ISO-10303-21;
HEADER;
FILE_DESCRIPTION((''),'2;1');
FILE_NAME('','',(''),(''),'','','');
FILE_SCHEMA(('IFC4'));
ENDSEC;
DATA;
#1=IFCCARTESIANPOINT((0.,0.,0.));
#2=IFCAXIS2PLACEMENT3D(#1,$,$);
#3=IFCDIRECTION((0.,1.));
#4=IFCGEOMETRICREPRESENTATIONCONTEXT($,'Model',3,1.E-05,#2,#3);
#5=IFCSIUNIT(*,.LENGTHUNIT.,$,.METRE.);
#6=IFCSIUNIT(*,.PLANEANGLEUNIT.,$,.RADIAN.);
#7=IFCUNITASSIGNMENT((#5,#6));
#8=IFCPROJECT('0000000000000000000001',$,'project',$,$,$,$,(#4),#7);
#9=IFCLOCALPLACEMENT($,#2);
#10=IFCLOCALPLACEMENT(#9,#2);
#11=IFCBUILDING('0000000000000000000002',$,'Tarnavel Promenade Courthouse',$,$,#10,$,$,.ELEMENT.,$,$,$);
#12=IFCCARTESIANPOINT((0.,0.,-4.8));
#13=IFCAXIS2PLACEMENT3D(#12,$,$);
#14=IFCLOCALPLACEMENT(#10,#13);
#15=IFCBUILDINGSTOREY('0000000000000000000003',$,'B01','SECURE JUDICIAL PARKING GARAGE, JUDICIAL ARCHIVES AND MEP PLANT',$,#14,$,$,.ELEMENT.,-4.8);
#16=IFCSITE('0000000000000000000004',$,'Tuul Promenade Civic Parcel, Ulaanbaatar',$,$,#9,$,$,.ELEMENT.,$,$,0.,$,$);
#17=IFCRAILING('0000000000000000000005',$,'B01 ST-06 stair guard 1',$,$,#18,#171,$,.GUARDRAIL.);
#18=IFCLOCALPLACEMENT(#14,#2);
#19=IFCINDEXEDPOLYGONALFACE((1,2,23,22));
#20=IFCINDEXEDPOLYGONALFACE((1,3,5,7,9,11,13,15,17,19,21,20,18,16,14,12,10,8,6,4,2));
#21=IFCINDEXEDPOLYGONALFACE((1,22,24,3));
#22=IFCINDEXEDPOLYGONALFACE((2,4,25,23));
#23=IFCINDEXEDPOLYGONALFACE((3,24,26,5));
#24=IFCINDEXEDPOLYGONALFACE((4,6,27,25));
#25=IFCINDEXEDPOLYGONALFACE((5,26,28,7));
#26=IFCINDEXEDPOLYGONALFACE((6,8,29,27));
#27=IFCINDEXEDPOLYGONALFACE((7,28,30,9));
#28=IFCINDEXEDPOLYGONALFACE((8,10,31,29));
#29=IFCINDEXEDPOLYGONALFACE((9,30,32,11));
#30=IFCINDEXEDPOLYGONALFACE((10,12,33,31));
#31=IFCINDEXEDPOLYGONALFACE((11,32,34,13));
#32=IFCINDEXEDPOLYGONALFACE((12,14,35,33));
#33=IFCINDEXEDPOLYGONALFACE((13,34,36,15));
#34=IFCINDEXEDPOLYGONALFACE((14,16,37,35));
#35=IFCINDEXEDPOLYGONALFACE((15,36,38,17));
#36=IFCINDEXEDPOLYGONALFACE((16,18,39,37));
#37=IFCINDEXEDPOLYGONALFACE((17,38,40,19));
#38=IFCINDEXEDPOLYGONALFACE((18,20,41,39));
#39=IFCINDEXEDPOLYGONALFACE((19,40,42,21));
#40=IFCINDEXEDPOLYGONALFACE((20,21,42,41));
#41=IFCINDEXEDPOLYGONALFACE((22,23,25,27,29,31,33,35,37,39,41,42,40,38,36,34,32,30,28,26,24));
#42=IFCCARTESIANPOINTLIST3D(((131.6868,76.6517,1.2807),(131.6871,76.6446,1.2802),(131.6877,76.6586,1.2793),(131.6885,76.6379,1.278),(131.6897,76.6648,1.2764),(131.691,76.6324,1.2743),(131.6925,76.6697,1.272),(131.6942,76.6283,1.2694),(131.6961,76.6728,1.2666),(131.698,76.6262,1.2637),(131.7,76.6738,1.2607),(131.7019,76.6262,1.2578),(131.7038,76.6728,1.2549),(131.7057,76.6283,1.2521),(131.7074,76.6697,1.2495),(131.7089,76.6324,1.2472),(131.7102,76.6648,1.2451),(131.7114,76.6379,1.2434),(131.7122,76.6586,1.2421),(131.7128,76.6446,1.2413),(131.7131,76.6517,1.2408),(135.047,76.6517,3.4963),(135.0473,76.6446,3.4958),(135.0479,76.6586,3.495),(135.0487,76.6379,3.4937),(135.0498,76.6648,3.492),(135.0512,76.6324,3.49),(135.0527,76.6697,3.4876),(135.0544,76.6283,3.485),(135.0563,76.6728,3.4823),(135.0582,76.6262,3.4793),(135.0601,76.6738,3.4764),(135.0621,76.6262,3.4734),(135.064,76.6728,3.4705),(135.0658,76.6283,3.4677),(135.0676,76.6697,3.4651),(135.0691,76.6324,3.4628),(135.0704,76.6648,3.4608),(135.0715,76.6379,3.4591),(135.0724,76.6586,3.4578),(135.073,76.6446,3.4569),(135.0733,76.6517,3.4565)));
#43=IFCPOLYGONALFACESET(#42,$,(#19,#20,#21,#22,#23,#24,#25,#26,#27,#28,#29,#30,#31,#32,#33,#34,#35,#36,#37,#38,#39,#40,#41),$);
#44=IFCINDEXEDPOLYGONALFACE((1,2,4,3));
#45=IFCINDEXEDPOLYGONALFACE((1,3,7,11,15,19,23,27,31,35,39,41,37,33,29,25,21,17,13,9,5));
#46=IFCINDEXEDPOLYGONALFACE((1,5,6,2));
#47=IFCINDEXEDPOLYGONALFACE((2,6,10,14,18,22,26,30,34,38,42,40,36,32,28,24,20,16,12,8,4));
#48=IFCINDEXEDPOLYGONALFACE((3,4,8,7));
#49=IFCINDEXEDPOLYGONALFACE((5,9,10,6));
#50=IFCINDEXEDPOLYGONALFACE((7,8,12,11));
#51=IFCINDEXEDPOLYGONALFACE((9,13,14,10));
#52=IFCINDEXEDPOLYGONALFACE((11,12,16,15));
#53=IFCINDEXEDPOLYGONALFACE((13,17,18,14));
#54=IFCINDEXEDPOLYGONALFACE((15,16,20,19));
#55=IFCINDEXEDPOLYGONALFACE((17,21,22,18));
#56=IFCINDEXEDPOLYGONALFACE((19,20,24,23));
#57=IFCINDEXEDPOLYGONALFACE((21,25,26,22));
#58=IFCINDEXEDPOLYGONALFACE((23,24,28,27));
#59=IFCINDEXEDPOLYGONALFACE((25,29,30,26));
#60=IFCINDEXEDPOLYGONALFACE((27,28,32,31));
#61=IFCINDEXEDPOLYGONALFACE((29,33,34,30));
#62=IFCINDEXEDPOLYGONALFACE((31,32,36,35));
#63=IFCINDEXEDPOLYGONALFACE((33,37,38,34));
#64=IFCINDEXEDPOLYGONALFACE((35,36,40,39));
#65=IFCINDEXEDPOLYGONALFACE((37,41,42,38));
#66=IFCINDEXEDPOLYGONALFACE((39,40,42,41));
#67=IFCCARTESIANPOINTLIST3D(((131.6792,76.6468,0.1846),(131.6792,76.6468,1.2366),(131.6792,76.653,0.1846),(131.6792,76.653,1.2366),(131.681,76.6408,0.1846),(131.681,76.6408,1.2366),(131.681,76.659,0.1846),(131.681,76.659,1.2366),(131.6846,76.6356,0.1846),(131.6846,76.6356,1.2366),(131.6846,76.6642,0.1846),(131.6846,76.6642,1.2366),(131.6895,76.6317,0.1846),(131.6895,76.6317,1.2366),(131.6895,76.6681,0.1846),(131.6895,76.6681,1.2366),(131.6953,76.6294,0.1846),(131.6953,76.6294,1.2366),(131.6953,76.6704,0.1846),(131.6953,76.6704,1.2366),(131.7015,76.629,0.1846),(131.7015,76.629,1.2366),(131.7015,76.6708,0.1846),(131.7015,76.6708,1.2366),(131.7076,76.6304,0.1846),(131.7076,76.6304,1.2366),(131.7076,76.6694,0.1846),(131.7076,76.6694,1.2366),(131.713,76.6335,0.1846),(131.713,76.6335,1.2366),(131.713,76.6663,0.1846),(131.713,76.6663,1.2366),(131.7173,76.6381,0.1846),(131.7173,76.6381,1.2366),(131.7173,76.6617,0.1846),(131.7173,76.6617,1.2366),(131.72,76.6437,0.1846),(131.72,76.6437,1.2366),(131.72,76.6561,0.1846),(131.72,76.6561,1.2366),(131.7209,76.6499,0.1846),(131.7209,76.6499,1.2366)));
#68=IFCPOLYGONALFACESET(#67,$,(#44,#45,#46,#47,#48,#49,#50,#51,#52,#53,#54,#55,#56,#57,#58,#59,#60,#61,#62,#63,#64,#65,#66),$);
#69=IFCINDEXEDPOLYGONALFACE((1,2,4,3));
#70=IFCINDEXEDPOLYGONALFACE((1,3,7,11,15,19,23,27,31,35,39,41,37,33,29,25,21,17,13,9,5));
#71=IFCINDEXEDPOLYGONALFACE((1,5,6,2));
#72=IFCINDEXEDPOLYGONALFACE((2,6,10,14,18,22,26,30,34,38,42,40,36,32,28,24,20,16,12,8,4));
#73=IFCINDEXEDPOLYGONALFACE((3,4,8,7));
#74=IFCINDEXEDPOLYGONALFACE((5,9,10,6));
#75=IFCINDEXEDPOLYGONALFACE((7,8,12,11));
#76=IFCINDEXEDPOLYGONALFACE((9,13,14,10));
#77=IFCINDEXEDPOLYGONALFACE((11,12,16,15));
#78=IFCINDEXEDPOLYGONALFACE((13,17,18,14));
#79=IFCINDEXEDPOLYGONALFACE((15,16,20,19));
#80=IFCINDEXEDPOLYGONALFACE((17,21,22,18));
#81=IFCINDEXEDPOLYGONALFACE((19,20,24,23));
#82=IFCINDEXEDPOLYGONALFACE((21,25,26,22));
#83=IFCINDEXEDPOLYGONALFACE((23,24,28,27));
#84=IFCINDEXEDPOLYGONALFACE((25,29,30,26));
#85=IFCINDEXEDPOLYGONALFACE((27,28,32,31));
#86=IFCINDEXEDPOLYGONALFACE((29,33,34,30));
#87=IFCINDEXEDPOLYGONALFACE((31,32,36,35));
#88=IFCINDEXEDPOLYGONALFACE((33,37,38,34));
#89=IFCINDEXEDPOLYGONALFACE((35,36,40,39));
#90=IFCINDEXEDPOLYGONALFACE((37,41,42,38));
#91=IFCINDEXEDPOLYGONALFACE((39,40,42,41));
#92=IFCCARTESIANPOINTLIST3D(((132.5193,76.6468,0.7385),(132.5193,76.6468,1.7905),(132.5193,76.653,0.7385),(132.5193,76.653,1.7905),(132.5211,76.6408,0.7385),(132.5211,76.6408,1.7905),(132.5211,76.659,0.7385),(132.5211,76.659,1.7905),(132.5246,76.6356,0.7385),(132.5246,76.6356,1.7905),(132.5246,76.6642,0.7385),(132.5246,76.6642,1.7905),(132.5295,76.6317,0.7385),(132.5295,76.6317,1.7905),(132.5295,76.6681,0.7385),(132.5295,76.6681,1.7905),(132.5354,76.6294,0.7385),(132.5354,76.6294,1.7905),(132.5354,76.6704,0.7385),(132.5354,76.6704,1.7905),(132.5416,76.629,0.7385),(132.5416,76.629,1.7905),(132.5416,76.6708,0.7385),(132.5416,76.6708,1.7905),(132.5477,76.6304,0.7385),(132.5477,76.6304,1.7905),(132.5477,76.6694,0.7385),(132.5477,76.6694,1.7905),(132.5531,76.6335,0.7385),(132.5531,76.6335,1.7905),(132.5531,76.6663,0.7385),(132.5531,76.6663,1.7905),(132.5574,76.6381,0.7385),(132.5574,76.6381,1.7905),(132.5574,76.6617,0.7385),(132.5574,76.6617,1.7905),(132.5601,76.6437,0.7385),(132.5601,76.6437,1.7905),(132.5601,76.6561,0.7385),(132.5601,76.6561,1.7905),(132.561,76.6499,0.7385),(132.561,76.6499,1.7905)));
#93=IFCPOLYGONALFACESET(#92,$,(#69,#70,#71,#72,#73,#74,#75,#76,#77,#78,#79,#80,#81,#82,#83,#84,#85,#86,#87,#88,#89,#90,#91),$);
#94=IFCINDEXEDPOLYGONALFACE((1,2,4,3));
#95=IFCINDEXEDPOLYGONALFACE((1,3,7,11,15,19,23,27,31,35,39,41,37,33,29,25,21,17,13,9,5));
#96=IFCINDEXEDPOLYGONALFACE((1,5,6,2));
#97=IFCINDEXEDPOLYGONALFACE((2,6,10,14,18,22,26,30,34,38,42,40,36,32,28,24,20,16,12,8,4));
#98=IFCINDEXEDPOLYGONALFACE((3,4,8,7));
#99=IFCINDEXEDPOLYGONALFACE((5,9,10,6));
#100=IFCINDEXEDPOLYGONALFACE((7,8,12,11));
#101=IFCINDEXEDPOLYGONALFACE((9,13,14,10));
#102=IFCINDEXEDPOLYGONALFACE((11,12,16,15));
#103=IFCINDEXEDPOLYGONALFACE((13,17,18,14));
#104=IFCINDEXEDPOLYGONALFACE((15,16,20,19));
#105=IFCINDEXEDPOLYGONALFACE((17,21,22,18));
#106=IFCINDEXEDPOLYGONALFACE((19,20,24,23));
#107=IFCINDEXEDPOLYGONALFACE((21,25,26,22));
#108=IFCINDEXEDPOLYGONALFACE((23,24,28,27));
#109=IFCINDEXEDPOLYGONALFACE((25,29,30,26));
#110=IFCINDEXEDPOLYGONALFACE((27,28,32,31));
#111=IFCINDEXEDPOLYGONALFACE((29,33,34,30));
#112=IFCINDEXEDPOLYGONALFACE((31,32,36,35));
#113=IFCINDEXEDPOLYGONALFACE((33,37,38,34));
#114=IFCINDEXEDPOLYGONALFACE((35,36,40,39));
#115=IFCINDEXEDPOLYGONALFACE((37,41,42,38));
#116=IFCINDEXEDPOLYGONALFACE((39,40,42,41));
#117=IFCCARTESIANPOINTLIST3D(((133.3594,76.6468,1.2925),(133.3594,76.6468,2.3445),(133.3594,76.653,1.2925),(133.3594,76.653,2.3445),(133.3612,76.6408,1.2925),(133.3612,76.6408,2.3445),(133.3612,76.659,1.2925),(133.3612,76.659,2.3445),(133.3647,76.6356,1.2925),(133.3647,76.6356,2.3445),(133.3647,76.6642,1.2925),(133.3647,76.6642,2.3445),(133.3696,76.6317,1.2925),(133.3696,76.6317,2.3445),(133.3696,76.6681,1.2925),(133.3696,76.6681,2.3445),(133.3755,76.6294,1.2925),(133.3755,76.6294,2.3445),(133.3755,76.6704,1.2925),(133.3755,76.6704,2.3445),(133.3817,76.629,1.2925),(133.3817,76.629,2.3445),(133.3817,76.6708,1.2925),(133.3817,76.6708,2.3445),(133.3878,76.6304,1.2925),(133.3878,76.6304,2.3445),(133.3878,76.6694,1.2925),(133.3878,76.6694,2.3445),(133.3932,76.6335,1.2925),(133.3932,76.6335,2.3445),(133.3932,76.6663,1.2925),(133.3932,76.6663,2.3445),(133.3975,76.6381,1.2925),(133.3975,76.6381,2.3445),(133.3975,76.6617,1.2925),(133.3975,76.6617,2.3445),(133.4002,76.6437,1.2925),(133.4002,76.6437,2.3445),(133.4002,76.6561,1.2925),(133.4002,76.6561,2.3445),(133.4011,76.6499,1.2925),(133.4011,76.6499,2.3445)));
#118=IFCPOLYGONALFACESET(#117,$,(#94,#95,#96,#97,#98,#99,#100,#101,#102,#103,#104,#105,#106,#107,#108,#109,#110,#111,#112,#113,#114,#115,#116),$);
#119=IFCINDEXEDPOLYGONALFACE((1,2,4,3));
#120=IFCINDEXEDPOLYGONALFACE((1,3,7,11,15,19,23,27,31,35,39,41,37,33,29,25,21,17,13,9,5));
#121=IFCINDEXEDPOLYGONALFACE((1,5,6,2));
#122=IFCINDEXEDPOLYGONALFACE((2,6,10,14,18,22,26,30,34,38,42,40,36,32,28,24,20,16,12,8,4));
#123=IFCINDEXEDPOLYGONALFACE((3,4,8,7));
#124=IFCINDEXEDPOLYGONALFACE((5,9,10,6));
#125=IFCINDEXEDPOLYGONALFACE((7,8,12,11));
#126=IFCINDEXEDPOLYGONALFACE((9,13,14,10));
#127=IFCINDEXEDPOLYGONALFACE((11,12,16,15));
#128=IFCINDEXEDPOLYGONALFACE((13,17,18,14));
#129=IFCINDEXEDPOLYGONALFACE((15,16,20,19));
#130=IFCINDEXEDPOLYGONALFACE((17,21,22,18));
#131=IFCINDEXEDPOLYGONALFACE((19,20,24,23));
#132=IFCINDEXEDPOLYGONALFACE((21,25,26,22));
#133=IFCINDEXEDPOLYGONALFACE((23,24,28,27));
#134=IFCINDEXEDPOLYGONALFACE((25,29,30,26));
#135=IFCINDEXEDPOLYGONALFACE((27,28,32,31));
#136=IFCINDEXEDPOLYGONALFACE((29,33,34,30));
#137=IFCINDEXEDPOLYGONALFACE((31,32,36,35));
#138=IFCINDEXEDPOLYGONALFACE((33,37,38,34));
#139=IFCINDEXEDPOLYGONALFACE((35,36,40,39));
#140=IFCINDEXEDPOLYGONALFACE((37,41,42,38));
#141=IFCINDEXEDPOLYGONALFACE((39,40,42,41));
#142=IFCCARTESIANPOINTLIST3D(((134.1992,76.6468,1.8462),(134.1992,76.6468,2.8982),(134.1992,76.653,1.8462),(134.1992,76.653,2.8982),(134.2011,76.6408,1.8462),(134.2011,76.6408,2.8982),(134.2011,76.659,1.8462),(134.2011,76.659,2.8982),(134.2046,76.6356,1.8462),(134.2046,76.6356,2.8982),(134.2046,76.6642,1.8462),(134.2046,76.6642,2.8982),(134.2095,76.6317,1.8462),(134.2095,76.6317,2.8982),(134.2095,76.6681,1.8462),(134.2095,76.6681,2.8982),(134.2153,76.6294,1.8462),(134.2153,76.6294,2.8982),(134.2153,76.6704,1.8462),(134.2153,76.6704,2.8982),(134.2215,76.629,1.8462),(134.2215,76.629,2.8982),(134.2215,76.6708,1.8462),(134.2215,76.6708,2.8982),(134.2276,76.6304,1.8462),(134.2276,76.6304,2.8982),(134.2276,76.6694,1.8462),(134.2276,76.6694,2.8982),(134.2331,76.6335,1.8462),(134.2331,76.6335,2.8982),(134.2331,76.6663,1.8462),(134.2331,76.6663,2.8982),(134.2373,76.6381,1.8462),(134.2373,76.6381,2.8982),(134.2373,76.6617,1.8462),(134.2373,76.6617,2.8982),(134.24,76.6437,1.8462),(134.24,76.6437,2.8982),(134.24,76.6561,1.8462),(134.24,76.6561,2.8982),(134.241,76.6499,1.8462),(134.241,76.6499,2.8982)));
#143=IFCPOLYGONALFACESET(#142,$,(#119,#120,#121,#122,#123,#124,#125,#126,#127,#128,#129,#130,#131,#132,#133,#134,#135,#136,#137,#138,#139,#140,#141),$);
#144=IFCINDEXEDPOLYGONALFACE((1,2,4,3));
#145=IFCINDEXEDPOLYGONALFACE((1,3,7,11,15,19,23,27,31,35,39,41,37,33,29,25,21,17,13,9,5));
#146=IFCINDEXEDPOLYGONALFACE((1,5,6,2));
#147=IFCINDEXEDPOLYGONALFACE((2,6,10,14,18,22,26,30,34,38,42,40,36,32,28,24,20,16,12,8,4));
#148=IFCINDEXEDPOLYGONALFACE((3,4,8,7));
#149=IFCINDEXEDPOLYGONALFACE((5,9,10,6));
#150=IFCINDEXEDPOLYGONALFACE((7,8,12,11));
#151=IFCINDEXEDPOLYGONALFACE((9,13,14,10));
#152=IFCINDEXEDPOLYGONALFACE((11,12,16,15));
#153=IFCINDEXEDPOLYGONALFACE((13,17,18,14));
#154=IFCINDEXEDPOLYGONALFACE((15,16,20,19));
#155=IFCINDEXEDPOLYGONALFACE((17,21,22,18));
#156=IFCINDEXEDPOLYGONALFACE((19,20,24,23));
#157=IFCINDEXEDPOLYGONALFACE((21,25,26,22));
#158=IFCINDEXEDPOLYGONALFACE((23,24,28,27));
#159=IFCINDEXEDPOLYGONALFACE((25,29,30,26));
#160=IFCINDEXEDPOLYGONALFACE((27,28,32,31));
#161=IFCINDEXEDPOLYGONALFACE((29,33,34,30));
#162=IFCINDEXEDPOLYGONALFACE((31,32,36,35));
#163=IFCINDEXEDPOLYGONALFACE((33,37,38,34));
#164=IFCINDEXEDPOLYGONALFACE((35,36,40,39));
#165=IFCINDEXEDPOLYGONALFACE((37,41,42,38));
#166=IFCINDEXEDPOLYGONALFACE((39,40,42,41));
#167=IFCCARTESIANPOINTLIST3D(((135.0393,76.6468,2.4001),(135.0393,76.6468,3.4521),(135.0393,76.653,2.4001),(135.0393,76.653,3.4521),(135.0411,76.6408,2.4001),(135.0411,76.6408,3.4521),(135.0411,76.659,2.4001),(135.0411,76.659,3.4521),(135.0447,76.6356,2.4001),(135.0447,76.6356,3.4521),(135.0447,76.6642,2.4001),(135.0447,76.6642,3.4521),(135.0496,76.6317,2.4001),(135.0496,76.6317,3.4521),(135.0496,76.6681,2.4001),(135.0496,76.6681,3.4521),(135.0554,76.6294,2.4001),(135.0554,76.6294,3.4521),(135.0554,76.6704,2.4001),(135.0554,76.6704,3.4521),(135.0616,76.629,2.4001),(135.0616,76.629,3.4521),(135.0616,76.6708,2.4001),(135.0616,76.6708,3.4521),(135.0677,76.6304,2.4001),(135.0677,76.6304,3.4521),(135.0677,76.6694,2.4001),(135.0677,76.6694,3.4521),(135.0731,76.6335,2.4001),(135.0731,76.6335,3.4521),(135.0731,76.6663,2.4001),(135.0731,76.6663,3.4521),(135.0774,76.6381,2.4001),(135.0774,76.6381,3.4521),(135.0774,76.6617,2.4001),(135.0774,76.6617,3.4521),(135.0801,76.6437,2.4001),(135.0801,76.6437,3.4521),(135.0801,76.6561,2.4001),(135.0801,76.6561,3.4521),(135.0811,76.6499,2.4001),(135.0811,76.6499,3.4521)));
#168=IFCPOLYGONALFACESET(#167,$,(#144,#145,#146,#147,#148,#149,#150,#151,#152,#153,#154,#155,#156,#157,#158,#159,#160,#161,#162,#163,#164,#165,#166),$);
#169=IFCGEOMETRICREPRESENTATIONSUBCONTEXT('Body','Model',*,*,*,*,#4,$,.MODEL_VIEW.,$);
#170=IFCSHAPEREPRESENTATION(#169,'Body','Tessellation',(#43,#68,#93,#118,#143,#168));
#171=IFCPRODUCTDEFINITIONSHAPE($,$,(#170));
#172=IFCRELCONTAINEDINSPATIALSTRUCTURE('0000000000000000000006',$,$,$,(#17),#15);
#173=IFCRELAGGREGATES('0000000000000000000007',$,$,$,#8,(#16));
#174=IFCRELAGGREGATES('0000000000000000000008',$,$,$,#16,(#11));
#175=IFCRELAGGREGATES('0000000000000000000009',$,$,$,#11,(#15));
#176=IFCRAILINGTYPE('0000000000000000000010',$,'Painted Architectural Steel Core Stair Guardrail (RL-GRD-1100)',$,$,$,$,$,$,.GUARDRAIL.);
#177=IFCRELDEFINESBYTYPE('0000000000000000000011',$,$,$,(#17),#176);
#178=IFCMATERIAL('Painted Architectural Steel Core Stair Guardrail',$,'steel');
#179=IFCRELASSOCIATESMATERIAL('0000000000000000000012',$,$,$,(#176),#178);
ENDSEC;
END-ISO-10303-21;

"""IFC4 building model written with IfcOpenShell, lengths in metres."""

from ifc_helpers import new_model, si_unit, direction, frame, origin, origin_2d, place, context, subcontext, project, spatial, circle, extrude, material, type_object, element, save


model = new_model("IFC4")

# Units and contexts
model_context = context("Model", 3, precision=1e-05, world=origin(), true_north=direction((0.0, 1.0)))
body_context = subcontext(model_context, "Body", "Model", "MODEL_VIEW")
ifc_project = project(units=[si_unit("LENGTHUNIT", "METRE"), si_unit("PLANEANGLEUNIT", "RADIAN")], contexts=[model_context])

# Site, building, storey
site_placement = place(None, origin())
site = spatial("IfcSite", under=ifc_project, at=site_placement, Name="Tuul Promenade Civic Parcel, Ulaanbaatar", CompositionType="ELEMENT", RefElevation=0.0)
building_placement = place(site_placement, origin())
building = spatial("IfcBuilding", under=site, at=building_placement, Name="Tarnavel Promenade Courthouse", CompositionType="ELEMENT")
storey_placement = place(building_placement, frame((0.0, 0.0, -4.8)))
storey = spatial("IfcBuildingStorey", under=building, at=storey_placement, Name="B01", Description="SECURE JUDICIAL PARKING GARAGE, JUDICIAL ARCHIVES AND MEP PLANT", CompositionType="ELEMENT", Elevation=-4.8)

# Railing
ifc_material_1 = material(Name="Painted Architectural Steel Core Stair Guardrail", Category="steel")
railing_type_1 = type_object("IfcRailingType", Name="Painted Architectural Steel Core Stair Guardrail (RL-GRD-1100)", PredefinedType="GUARDRAIL", material=ifc_material_1)
railing_1_placement = place(storey_placement, frame((131.7, 76.6499, 0.1846)))
element("IfcRailing", 1, at=railing_1_placement, inside=storey, type_object=railing_type_1, Name="B01 ST-06 stair guard 1", PredefinedType="GUARDRAIL", context=body_context, shape_type="SweptSolid", body=[
    extrude(circle(Radius=0.0239, at=origin_2d()), frame((0.0, 0.0, 1.0762), z_axis=(0.834849, 0.0, 0.55048), x_axis=(0.0, 1.0, 0.0)), (0.0, 0.0, 1.0), 4.0249),
    extrude(circle(Radius=0.021, at=origin_2d()), origin(), (0.0, 0.0, 1.0), 1.052),
    extrude(circle(Radius=0.021, at=origin_2d()), frame((0.8401, 0.0, 0.554)), (0.0, 0.0, 1.0), 1.052),
    extrude(circle(Radius=0.021, at=origin_2d()), frame((1.6802, 0.0, 1.1079)), (0.0, 0.0, 1.0), 1.052),
    extrude(circle(Radius=0.021, at=origin_2d()), frame((2.52, 0.0, 1.6616)), (0.0, 0.0, 1.0), 1.052),
    extrude(circle(Radius=0.021, at=origin_2d()), frame((3.3601, 0.0, 2.2156)), (0.0, 0.0, 1.0), 1.052),
])

save(model, "model.ifc")
